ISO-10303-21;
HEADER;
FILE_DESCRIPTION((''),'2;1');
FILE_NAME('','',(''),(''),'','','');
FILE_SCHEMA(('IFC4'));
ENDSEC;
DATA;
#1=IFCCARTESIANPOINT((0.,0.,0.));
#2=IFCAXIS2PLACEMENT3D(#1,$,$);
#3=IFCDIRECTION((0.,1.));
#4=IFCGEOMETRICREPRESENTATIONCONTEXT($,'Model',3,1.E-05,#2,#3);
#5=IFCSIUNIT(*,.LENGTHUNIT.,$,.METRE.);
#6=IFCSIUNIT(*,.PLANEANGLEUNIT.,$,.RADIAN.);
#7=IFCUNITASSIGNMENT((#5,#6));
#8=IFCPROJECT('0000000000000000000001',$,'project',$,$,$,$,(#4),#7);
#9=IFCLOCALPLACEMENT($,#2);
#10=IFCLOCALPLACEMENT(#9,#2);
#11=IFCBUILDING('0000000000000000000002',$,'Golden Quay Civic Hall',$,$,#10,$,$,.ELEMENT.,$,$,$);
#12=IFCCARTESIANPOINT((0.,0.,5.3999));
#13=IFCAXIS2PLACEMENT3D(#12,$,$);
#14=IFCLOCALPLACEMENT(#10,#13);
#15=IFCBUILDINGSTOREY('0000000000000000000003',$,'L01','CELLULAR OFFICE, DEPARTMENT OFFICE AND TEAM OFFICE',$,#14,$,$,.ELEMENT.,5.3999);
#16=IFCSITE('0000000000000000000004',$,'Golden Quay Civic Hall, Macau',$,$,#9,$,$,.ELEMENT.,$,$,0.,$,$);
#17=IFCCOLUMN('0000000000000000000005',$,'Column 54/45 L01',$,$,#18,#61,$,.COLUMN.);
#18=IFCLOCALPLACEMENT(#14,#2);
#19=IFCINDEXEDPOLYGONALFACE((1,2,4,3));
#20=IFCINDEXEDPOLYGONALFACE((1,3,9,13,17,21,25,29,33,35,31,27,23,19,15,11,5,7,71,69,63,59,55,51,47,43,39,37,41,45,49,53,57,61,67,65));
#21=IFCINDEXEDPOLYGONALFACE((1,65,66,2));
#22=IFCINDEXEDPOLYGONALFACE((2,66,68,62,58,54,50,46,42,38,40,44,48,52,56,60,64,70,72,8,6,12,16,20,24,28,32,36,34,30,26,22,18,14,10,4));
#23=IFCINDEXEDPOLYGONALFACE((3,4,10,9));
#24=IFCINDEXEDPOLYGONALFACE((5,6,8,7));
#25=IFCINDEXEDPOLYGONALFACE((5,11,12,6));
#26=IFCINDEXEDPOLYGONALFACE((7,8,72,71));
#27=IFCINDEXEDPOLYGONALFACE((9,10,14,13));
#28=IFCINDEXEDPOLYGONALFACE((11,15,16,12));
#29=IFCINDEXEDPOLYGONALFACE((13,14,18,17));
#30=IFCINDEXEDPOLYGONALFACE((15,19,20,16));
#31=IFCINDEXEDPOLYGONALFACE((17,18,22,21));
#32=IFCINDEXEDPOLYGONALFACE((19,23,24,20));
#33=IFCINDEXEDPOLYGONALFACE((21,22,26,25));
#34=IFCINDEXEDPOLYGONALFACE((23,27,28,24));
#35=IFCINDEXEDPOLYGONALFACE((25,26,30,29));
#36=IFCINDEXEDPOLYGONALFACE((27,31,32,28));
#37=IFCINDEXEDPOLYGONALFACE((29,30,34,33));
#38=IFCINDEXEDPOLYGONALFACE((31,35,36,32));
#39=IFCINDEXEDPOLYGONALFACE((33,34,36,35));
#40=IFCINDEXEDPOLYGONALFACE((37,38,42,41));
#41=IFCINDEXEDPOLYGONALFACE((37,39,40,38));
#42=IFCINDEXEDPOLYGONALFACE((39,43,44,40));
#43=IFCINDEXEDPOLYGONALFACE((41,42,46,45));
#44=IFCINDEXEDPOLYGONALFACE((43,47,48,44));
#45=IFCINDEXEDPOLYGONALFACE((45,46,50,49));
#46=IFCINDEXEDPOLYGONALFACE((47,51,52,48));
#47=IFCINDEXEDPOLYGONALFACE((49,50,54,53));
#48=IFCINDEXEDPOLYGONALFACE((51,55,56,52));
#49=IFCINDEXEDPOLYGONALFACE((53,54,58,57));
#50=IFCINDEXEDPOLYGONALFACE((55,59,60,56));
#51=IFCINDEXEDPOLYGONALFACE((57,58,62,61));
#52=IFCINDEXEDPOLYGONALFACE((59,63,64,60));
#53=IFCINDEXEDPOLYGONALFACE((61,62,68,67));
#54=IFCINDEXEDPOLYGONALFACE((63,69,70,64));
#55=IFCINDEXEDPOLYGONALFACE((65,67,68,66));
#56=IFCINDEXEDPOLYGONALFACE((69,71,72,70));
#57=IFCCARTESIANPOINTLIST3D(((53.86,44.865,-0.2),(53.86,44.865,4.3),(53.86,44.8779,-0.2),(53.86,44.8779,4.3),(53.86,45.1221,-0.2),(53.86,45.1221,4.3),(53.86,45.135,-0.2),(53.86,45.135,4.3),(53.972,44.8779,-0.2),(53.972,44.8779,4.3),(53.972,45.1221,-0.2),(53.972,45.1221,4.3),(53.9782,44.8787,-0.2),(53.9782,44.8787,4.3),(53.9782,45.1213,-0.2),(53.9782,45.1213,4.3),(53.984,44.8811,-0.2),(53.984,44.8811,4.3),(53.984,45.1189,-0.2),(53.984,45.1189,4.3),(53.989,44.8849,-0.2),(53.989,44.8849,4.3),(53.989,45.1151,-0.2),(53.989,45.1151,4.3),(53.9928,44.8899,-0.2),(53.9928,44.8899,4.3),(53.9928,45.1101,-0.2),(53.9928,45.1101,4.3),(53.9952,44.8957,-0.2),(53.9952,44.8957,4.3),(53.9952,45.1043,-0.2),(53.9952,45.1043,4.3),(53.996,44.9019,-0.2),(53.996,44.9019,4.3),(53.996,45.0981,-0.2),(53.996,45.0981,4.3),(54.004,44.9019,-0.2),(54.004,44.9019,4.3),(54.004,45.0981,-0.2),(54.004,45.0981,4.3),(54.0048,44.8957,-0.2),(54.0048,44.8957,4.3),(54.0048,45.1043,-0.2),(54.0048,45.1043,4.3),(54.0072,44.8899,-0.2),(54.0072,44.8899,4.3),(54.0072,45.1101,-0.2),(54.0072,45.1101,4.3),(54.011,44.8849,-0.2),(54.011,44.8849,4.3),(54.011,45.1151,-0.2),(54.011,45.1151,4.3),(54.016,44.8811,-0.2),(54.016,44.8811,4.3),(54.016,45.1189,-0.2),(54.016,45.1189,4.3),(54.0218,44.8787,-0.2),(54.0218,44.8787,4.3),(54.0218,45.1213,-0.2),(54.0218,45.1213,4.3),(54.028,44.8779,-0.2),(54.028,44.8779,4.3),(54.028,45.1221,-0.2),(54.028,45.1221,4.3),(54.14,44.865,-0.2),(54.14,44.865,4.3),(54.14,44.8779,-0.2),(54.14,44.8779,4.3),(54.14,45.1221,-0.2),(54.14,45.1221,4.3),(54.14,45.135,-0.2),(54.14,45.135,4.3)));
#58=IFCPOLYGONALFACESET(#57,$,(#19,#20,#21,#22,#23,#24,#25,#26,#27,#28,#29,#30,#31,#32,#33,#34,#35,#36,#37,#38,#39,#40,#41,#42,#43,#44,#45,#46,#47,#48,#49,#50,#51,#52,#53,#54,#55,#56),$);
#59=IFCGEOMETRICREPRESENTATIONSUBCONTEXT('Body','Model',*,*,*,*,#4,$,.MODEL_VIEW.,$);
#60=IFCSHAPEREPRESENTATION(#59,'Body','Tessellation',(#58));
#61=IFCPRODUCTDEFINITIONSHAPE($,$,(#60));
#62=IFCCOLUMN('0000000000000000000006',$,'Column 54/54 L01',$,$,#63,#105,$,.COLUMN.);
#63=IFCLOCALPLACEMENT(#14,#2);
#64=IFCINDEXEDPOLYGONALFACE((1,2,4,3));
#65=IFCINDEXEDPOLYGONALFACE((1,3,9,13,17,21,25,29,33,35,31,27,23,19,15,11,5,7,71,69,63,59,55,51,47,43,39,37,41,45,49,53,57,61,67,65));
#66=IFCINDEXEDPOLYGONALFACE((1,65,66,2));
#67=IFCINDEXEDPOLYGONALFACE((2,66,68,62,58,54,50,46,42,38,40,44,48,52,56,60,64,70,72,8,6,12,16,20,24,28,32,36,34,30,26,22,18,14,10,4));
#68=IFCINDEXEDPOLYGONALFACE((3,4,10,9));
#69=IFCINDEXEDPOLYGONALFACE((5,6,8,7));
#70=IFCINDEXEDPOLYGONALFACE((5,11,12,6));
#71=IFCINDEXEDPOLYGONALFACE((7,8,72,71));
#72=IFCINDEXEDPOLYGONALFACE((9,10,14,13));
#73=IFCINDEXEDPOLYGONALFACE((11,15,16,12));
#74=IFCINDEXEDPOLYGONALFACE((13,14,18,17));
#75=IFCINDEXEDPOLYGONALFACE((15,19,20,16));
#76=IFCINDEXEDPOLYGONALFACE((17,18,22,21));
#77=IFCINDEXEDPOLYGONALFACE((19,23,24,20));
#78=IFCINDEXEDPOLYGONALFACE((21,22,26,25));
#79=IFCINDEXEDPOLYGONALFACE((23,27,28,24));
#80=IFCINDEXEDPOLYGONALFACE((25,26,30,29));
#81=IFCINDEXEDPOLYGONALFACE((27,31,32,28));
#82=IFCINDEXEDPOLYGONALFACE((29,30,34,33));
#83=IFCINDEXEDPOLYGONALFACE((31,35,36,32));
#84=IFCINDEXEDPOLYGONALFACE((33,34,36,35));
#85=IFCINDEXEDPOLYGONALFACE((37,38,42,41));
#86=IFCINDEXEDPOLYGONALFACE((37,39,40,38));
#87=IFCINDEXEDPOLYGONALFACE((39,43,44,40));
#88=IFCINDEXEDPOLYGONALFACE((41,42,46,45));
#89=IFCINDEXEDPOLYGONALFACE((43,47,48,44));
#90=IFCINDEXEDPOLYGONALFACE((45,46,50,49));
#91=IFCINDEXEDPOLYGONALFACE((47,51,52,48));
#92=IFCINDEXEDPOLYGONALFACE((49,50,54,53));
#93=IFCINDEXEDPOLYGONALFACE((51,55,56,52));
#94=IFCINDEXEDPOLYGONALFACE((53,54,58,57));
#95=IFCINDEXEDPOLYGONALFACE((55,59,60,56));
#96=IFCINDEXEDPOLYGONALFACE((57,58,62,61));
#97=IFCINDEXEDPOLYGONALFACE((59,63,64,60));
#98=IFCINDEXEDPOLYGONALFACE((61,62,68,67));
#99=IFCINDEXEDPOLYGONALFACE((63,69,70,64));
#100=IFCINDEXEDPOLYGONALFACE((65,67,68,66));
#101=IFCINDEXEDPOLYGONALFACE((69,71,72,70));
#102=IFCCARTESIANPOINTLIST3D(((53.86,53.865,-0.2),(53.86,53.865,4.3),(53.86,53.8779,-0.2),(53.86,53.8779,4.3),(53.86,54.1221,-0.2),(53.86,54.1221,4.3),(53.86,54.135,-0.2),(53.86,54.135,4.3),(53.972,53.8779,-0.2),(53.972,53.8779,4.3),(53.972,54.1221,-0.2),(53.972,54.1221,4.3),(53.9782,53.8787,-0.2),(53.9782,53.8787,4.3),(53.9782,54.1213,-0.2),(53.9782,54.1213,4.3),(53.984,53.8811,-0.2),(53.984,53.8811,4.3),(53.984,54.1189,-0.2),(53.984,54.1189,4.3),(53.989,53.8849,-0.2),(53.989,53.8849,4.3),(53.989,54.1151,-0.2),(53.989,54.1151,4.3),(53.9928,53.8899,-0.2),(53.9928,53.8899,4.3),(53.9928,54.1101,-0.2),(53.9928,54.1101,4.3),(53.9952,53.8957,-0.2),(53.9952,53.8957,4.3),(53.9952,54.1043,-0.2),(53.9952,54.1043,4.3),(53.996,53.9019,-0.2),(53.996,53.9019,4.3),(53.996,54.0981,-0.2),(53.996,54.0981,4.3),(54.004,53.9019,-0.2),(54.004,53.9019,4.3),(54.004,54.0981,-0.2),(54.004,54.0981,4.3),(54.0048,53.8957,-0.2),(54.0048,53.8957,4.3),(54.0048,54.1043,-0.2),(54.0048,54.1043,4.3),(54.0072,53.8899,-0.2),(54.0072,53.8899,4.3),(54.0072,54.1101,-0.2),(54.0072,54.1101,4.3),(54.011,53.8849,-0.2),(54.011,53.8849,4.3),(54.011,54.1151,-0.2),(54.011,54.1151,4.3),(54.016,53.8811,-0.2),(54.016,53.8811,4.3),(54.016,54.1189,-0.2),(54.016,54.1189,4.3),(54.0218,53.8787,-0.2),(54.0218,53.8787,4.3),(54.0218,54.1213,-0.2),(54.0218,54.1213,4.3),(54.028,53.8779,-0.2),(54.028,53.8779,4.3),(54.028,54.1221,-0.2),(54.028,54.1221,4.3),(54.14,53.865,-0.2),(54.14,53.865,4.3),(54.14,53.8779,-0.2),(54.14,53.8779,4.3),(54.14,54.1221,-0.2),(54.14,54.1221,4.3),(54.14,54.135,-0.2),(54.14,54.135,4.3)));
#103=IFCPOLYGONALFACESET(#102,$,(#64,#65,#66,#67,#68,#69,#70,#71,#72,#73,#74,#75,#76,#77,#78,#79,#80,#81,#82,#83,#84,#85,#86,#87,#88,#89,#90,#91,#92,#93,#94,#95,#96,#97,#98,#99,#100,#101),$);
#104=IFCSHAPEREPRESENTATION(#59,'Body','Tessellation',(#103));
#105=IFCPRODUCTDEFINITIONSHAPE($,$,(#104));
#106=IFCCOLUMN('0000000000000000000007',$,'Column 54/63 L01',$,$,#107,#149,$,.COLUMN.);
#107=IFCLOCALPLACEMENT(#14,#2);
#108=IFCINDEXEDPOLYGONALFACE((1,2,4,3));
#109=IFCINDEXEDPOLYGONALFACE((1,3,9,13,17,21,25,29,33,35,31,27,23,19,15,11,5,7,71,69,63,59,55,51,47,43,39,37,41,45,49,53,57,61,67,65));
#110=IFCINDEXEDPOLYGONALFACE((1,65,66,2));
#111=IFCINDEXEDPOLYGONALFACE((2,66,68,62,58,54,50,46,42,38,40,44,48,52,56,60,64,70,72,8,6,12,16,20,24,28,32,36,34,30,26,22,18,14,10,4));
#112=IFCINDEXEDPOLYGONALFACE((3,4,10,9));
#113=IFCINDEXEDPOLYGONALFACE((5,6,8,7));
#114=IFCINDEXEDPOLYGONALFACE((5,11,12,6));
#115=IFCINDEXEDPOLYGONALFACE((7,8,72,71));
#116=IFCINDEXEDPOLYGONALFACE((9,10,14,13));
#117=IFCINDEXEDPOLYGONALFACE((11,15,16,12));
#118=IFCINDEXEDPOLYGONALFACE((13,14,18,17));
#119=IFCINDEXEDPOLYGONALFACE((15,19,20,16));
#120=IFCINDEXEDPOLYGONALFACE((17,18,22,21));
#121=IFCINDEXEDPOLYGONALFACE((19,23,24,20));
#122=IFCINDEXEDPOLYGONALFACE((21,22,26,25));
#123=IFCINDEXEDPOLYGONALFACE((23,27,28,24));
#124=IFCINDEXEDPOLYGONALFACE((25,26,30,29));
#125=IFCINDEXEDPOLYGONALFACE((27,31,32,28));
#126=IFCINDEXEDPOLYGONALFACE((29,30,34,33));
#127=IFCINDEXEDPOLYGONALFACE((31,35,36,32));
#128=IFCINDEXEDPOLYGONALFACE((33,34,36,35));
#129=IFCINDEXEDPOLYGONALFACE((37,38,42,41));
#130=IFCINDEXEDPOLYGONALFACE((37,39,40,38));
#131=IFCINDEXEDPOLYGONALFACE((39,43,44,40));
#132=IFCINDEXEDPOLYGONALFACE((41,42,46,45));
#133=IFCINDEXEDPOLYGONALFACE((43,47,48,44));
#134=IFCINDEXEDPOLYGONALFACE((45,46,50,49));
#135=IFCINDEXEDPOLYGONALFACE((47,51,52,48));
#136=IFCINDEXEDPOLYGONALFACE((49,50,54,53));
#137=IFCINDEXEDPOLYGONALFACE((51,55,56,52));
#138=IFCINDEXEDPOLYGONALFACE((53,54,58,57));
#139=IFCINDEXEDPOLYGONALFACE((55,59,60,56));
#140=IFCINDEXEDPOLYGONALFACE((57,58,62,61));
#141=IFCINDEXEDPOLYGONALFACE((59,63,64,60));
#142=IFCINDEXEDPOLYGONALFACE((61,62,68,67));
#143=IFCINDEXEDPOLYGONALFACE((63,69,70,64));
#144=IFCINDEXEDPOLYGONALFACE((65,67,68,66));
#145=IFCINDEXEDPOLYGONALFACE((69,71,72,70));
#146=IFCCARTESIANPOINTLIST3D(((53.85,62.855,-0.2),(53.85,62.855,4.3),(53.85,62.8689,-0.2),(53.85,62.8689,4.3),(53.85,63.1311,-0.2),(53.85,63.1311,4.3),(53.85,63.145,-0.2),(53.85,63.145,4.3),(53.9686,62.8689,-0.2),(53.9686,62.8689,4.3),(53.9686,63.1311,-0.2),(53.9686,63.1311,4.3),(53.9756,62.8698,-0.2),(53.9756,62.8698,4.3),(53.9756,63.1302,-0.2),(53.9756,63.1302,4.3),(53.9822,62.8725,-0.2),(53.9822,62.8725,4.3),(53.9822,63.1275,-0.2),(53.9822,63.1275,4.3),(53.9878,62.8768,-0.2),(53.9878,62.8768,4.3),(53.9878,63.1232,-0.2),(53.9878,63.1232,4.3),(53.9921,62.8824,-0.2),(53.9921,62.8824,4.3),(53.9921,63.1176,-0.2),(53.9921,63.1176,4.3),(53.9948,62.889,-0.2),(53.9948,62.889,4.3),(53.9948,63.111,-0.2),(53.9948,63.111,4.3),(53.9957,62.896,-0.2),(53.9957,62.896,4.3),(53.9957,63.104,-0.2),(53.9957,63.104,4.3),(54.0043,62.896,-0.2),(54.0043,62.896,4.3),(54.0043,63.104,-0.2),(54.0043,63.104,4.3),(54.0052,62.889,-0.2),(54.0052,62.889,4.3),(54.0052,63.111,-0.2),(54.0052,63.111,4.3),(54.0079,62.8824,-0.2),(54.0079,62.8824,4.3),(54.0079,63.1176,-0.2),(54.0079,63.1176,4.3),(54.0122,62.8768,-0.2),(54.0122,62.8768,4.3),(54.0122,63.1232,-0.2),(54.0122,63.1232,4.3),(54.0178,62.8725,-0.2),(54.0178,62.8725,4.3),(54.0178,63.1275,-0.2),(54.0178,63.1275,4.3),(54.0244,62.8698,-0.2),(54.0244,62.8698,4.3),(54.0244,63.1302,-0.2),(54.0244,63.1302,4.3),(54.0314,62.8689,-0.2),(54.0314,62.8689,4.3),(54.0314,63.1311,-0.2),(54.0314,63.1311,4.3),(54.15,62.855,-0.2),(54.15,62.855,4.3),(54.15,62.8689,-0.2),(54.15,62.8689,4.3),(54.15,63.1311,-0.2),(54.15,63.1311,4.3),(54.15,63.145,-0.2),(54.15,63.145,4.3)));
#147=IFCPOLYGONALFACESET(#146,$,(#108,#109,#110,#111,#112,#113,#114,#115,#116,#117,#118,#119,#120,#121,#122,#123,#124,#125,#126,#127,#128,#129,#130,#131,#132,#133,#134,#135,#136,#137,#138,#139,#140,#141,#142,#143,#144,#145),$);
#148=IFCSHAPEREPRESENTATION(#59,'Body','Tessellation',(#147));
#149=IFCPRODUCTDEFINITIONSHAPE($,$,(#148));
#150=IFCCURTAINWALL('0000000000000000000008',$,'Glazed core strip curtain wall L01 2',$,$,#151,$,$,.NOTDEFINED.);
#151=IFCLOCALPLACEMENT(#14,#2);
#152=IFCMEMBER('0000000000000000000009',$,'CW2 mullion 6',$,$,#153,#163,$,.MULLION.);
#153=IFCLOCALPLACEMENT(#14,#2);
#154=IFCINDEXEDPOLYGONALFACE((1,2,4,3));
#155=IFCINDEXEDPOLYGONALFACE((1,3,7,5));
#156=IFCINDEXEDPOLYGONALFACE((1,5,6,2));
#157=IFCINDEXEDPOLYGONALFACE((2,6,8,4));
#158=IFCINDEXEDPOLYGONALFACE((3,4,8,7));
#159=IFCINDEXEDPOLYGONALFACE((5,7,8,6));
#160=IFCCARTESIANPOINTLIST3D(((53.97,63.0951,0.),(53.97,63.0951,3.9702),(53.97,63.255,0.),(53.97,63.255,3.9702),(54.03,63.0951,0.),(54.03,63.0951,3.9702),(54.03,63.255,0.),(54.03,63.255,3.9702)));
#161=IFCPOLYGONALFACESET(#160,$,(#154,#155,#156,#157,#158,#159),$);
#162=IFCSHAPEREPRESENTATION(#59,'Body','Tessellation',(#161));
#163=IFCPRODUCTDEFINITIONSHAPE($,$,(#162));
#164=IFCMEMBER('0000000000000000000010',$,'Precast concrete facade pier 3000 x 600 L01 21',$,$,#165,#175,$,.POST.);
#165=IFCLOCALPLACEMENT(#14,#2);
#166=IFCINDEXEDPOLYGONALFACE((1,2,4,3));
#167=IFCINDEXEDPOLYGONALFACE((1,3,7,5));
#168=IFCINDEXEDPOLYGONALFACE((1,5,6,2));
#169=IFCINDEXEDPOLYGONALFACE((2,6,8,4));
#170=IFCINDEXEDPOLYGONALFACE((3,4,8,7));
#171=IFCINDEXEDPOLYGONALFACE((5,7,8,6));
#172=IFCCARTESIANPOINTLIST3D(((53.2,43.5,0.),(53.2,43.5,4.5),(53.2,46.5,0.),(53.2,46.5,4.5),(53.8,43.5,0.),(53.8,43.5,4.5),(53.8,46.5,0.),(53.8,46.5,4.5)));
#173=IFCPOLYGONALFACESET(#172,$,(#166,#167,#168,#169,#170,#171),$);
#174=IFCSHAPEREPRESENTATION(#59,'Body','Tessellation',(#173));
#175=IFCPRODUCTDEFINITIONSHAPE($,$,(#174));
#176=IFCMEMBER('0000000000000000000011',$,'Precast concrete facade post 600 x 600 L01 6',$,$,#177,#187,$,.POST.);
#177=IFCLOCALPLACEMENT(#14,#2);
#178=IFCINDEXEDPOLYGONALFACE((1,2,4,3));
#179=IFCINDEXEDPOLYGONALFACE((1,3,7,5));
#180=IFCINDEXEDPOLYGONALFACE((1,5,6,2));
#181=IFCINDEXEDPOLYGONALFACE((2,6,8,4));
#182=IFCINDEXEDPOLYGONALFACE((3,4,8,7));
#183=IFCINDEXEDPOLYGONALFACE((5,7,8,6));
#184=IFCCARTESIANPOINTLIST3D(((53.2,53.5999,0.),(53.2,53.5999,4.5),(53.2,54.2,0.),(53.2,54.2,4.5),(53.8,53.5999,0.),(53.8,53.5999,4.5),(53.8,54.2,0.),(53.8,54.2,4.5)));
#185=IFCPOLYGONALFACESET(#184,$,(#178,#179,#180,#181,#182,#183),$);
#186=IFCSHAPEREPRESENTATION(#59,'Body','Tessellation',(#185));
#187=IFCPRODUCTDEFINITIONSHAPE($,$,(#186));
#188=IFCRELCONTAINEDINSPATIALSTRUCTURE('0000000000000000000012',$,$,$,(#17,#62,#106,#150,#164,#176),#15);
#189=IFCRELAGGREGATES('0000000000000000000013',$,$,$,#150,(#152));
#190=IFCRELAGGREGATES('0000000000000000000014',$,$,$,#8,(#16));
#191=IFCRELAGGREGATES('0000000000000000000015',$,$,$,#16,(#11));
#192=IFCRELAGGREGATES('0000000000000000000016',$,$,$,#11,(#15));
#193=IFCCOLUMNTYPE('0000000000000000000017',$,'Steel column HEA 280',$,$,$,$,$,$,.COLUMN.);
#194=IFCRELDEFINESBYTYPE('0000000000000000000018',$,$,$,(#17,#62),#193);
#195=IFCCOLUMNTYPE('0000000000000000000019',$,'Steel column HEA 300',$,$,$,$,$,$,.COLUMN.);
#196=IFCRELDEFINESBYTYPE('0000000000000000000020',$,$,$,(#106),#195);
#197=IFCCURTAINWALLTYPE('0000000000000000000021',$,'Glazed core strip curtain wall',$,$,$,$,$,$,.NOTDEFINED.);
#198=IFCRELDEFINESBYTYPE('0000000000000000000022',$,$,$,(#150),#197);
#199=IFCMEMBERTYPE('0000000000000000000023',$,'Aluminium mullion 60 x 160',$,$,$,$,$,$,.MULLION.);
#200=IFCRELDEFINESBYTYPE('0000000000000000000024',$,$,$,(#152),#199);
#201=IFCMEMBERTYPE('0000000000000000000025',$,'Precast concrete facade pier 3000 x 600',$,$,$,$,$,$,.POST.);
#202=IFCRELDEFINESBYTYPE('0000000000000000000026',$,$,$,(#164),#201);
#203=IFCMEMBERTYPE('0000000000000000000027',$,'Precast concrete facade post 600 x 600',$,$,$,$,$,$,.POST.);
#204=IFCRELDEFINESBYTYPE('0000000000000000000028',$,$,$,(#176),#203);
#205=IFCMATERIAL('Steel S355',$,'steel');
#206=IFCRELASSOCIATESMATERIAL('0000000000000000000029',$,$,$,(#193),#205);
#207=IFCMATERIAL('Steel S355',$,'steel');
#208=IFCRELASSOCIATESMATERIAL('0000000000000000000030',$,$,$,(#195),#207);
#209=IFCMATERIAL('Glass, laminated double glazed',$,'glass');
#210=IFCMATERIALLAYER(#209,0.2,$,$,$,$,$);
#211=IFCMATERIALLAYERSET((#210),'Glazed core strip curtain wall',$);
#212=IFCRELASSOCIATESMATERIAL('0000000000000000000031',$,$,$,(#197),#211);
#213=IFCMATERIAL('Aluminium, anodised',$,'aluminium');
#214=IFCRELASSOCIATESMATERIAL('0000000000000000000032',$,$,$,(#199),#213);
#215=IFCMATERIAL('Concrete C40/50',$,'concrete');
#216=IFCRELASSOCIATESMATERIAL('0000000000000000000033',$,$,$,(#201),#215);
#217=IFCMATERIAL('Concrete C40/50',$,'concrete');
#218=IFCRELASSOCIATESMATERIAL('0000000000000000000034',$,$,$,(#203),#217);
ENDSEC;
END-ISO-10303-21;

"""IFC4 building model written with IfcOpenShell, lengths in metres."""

from ifc_helpers import new_model, si_unit, direction, frame, origin, origin_2d, place, context, subcontext, project, spatial, rectangle, i_section, extrude, material, layer, layer_set, material_profile, profile_set, type_object, element, aggregate, save


model = new_model("IFC4")

# Units and contexts
model_context = context("Model", 3, precision=1e-05, world=origin(), true_north=direction((0.0, 1.0)))
body_context = subcontext(model_context, "Body", "Model", "MODEL_VIEW")
ifc_project = project(units=[si_unit("LENGTHUNIT", "METRE"), si_unit("PLANEANGLEUNIT", "RADIAN")], contexts=[model_context])

# Site, building, storey
site_placement = place(None, origin())
site = spatial("IfcSite", under=ifc_project, at=site_placement, Name="Golden Quay Civic Hall, Macau", CompositionType="ELEMENT", RefElevation=0.0)
building_placement = place(site_placement, origin())
building = spatial("IfcBuilding", under=site, at=building_placement, Name="Golden Quay Civic Hall", CompositionType="ELEMENT")
storey_placement = place(building_placement, frame((0.0, 0.0, 5.3999)))
storey = spatial("IfcBuildingStorey", under=building, at=storey_placement, Name="L01", Description="CELLULAR OFFICE, DEPARTMENT OFFICE AND TEAM OFFICE", CompositionType="ELEMENT", Elevation=5.3999)

# Columns
ifc_material_1 = material(Name="Steel S355", Category="steel")
ifc_material_profile_1 = material_profile(ifc_material_1, i_section(OverallWidth=0.28, OverallDepth=0.27, WebThickness=0.0081, FlangeThickness=0.0129, FilletRadius=0.0239, at=origin_2d()), Name="HEA 280")
ifc_profile_set_1 = profile_set([ifc_material_profile_1], Name="Steel S355")
column_type_1 = type_object("IfcColumnType", Name="Steel column HEA 280", PredefinedType="COLUMN", material=ifc_profile_set_1)
for number, where, z_axis, x_axis, name in (
    (1, (54.0, 45.0, -0.2), (0.0, 0.0, 1.0), (1.0, 0.0, 0.0), "Column 54/45 L01"),
    (2, (54.0, 54.0, -0.2), (0.0, 0.0, 1.0), (1.0, 0.0, 0.0), "Column 54/54 L01"),
):
    element("IfcColumn", number, at=place(storey_placement, frame(where, z_axis=z_axis, x_axis=x_axis)), inside=storey, type_object=column_type_1, Name=name, PredefinedType="COLUMN", context=body_context, shape_type="SweptSolid", body=[
        extrude(i_section(OverallWidth=0.28, OverallDepth=0.27, WebThickness=0.0081, FlangeThickness=0.0129, FilletRadius=0.0239, at=origin_2d()), origin(), (0.0, 0.0, 1.0), 4.5),
    ])
ifc_material_2 = material(Name="Steel S355", Category="steel")
ifc_material_profile_2 = material_profile(ifc_material_2, i_section(OverallWidth=0.3, OverallDepth=0.29, WebThickness=0.0085, FlangeThickness=0.0139, FilletRadius=0.0271, at=origin_2d()), Name="HEA 300")
ifc_profile_set_2 = profile_set([ifc_material_profile_2], Name="Steel S355")
column_type_2 = type_object("IfcColumnType", Name="Steel column HEA 300", PredefinedType="COLUMN", material=ifc_profile_set_2)
column_placement = place(storey_placement, frame((54.0, 63.0, -0.2), z_axis=(0.0, 0.0, 1.0), x_axis=(1.0, 0.0, 0.0)))
element("IfcColumn", 3, at=column_placement, inside=storey, type_object=column_type_2, Name="Column 54/63 L01", PredefinedType="COLUMN", context=body_context, shape_type="SweptSolid", body=[
    extrude(i_section(OverallWidth=0.3, OverallDepth=0.29, WebThickness=0.0085, FlangeThickness=0.0139, FilletRadius=0.0271, at=origin_2d()), origin(), (0.0, 0.0, 1.0), 4.5),
])

# Curtain wall, member
ifc_material_3 = material(Name="Glass, laminated double glazed", Category="glass")
ifc_layer_1 = layer(ifc_material_3, 0.2)
ifc_layer_set_1 = layer_set([ifc_layer_1], Name="Glazed core strip curtain wall")
curtain_wall_type = type_object("IfcCurtainWallType", Name="Glazed core strip curtain wall", PredefinedType="NOTDEFINED", material=ifc_layer_set_1)
curtain_wall_placement = place(storey_placement, origin())
curtain_wall = element("IfcCurtainWall", 4, at=curtain_wall_placement, inside=storey, type_object=curtain_wall_type, Name="Glazed core strip curtain wall L01 2", PredefinedType="NOTDEFINED")
ifc_material_4 = material(Name="Aluminium, anodised", Category="aluminium")
ifc_material_profile_3 = material_profile(ifc_material_4, rectangle(XDim=0.0601, YDim=0.1599, at=origin_2d()), Name="Aluminium 60 x 160")
ifc_profile_set_3 = profile_set([ifc_material_profile_3], Name="Aluminium, anodised")
member_type_1 = type_object("IfcMemberType", Name="Aluminium mullion 60 x 160", PredefinedType="MULLION", material=ifc_profile_set_3)
member_1_placement = place(storey_placement, frame((54.0, 63.175, 0.0), z_axis=(0.0, 0.0, 1.0), x_axis=(1.0, 0.0, 0.0)))
member_1 = element("IfcMember", 5, at=member_1_placement, type_object=member_type_1, Name="CW2 mullion 6", PredefinedType="MULLION", context=body_context, shape_type="SweptSolid", body=[
    extrude(rectangle(XDim=0.0601, YDim=0.1599, at=origin_2d()), origin(), (0.0, 0.0, 1.0), 3.9702),
])

# Members
ifc_material_5 = material(Name="Concrete C40/50", Category="concrete")
ifc_material_profile_4 = material_profile(ifc_material_5, rectangle(XDim=3.0, YDim=0.6001, at=origin_2d()), Name="RC 3000x600")
ifc_profile_set_4 = profile_set([ifc_material_profile_4], Name="Concrete C40/50")
member_type_2 = type_object("IfcMemberType", Name="Precast concrete facade pier 3000 x 600", PredefinedType="POST", material=ifc_profile_set_4)
member_2_placement = place(storey_placement, frame((53.5, 45.0, 0.0), z_axis=(0.0, 0.0, 1.0), x_axis=(0.0, 1.0, 0.0)))
element("IfcMember", 6, at=member_2_placement, inside=storey, type_object=member_type_2, Name="Precast concrete facade pier 3000 x 600 L01 21", PredefinedType="POST", context=body_context, shape_type="SweptSolid", body=[
    extrude(rectangle(XDim=3.0, YDim=0.6001, at=origin_2d()), origin(), (0.0, 0.0, 1.0), 4.5),
])
ifc_material_6 = material(Name="Concrete C40/50", Category="concrete")
ifc_material_profile_5 = material_profile(ifc_material_6, rectangle(XDim=0.6001, YDim=0.6001, at=origin_2d()), Name="RC 600x600")
ifc_profile_set_5 = profile_set([ifc_material_profile_5], Name="Concrete C40/50")
member_type_3 = type_object("IfcMemberType", Name="Precast concrete facade post 600 x 600", PredefinedType="POST", material=ifc_profile_set_5)
for number, where, z_axis, x_axis, name in (
    (7, (53.5, 53.8999, 0.0), (0.0, 0.0, 1.0), (1.0, 0.0, 0.0), "Precast concrete facade post 600 x 600 L01 6"),
):
    element("IfcMember", number, at=place(storey_placement, frame(where, z_axis=z_axis, x_axis=x_axis)), inside=storey, type_object=member_type_3, Name=name, PredefinedType="POST", context=body_context, shape_type="SweptSolid", body=[
        extrude(rectangle(XDim=0.6001, YDim=0.6001, at=origin_2d()), origin(), (0.0, 0.0, 1.0), 4.5),
    ])

aggregate(curtain_wall, [member_1])

save(model, "model.ifc")
